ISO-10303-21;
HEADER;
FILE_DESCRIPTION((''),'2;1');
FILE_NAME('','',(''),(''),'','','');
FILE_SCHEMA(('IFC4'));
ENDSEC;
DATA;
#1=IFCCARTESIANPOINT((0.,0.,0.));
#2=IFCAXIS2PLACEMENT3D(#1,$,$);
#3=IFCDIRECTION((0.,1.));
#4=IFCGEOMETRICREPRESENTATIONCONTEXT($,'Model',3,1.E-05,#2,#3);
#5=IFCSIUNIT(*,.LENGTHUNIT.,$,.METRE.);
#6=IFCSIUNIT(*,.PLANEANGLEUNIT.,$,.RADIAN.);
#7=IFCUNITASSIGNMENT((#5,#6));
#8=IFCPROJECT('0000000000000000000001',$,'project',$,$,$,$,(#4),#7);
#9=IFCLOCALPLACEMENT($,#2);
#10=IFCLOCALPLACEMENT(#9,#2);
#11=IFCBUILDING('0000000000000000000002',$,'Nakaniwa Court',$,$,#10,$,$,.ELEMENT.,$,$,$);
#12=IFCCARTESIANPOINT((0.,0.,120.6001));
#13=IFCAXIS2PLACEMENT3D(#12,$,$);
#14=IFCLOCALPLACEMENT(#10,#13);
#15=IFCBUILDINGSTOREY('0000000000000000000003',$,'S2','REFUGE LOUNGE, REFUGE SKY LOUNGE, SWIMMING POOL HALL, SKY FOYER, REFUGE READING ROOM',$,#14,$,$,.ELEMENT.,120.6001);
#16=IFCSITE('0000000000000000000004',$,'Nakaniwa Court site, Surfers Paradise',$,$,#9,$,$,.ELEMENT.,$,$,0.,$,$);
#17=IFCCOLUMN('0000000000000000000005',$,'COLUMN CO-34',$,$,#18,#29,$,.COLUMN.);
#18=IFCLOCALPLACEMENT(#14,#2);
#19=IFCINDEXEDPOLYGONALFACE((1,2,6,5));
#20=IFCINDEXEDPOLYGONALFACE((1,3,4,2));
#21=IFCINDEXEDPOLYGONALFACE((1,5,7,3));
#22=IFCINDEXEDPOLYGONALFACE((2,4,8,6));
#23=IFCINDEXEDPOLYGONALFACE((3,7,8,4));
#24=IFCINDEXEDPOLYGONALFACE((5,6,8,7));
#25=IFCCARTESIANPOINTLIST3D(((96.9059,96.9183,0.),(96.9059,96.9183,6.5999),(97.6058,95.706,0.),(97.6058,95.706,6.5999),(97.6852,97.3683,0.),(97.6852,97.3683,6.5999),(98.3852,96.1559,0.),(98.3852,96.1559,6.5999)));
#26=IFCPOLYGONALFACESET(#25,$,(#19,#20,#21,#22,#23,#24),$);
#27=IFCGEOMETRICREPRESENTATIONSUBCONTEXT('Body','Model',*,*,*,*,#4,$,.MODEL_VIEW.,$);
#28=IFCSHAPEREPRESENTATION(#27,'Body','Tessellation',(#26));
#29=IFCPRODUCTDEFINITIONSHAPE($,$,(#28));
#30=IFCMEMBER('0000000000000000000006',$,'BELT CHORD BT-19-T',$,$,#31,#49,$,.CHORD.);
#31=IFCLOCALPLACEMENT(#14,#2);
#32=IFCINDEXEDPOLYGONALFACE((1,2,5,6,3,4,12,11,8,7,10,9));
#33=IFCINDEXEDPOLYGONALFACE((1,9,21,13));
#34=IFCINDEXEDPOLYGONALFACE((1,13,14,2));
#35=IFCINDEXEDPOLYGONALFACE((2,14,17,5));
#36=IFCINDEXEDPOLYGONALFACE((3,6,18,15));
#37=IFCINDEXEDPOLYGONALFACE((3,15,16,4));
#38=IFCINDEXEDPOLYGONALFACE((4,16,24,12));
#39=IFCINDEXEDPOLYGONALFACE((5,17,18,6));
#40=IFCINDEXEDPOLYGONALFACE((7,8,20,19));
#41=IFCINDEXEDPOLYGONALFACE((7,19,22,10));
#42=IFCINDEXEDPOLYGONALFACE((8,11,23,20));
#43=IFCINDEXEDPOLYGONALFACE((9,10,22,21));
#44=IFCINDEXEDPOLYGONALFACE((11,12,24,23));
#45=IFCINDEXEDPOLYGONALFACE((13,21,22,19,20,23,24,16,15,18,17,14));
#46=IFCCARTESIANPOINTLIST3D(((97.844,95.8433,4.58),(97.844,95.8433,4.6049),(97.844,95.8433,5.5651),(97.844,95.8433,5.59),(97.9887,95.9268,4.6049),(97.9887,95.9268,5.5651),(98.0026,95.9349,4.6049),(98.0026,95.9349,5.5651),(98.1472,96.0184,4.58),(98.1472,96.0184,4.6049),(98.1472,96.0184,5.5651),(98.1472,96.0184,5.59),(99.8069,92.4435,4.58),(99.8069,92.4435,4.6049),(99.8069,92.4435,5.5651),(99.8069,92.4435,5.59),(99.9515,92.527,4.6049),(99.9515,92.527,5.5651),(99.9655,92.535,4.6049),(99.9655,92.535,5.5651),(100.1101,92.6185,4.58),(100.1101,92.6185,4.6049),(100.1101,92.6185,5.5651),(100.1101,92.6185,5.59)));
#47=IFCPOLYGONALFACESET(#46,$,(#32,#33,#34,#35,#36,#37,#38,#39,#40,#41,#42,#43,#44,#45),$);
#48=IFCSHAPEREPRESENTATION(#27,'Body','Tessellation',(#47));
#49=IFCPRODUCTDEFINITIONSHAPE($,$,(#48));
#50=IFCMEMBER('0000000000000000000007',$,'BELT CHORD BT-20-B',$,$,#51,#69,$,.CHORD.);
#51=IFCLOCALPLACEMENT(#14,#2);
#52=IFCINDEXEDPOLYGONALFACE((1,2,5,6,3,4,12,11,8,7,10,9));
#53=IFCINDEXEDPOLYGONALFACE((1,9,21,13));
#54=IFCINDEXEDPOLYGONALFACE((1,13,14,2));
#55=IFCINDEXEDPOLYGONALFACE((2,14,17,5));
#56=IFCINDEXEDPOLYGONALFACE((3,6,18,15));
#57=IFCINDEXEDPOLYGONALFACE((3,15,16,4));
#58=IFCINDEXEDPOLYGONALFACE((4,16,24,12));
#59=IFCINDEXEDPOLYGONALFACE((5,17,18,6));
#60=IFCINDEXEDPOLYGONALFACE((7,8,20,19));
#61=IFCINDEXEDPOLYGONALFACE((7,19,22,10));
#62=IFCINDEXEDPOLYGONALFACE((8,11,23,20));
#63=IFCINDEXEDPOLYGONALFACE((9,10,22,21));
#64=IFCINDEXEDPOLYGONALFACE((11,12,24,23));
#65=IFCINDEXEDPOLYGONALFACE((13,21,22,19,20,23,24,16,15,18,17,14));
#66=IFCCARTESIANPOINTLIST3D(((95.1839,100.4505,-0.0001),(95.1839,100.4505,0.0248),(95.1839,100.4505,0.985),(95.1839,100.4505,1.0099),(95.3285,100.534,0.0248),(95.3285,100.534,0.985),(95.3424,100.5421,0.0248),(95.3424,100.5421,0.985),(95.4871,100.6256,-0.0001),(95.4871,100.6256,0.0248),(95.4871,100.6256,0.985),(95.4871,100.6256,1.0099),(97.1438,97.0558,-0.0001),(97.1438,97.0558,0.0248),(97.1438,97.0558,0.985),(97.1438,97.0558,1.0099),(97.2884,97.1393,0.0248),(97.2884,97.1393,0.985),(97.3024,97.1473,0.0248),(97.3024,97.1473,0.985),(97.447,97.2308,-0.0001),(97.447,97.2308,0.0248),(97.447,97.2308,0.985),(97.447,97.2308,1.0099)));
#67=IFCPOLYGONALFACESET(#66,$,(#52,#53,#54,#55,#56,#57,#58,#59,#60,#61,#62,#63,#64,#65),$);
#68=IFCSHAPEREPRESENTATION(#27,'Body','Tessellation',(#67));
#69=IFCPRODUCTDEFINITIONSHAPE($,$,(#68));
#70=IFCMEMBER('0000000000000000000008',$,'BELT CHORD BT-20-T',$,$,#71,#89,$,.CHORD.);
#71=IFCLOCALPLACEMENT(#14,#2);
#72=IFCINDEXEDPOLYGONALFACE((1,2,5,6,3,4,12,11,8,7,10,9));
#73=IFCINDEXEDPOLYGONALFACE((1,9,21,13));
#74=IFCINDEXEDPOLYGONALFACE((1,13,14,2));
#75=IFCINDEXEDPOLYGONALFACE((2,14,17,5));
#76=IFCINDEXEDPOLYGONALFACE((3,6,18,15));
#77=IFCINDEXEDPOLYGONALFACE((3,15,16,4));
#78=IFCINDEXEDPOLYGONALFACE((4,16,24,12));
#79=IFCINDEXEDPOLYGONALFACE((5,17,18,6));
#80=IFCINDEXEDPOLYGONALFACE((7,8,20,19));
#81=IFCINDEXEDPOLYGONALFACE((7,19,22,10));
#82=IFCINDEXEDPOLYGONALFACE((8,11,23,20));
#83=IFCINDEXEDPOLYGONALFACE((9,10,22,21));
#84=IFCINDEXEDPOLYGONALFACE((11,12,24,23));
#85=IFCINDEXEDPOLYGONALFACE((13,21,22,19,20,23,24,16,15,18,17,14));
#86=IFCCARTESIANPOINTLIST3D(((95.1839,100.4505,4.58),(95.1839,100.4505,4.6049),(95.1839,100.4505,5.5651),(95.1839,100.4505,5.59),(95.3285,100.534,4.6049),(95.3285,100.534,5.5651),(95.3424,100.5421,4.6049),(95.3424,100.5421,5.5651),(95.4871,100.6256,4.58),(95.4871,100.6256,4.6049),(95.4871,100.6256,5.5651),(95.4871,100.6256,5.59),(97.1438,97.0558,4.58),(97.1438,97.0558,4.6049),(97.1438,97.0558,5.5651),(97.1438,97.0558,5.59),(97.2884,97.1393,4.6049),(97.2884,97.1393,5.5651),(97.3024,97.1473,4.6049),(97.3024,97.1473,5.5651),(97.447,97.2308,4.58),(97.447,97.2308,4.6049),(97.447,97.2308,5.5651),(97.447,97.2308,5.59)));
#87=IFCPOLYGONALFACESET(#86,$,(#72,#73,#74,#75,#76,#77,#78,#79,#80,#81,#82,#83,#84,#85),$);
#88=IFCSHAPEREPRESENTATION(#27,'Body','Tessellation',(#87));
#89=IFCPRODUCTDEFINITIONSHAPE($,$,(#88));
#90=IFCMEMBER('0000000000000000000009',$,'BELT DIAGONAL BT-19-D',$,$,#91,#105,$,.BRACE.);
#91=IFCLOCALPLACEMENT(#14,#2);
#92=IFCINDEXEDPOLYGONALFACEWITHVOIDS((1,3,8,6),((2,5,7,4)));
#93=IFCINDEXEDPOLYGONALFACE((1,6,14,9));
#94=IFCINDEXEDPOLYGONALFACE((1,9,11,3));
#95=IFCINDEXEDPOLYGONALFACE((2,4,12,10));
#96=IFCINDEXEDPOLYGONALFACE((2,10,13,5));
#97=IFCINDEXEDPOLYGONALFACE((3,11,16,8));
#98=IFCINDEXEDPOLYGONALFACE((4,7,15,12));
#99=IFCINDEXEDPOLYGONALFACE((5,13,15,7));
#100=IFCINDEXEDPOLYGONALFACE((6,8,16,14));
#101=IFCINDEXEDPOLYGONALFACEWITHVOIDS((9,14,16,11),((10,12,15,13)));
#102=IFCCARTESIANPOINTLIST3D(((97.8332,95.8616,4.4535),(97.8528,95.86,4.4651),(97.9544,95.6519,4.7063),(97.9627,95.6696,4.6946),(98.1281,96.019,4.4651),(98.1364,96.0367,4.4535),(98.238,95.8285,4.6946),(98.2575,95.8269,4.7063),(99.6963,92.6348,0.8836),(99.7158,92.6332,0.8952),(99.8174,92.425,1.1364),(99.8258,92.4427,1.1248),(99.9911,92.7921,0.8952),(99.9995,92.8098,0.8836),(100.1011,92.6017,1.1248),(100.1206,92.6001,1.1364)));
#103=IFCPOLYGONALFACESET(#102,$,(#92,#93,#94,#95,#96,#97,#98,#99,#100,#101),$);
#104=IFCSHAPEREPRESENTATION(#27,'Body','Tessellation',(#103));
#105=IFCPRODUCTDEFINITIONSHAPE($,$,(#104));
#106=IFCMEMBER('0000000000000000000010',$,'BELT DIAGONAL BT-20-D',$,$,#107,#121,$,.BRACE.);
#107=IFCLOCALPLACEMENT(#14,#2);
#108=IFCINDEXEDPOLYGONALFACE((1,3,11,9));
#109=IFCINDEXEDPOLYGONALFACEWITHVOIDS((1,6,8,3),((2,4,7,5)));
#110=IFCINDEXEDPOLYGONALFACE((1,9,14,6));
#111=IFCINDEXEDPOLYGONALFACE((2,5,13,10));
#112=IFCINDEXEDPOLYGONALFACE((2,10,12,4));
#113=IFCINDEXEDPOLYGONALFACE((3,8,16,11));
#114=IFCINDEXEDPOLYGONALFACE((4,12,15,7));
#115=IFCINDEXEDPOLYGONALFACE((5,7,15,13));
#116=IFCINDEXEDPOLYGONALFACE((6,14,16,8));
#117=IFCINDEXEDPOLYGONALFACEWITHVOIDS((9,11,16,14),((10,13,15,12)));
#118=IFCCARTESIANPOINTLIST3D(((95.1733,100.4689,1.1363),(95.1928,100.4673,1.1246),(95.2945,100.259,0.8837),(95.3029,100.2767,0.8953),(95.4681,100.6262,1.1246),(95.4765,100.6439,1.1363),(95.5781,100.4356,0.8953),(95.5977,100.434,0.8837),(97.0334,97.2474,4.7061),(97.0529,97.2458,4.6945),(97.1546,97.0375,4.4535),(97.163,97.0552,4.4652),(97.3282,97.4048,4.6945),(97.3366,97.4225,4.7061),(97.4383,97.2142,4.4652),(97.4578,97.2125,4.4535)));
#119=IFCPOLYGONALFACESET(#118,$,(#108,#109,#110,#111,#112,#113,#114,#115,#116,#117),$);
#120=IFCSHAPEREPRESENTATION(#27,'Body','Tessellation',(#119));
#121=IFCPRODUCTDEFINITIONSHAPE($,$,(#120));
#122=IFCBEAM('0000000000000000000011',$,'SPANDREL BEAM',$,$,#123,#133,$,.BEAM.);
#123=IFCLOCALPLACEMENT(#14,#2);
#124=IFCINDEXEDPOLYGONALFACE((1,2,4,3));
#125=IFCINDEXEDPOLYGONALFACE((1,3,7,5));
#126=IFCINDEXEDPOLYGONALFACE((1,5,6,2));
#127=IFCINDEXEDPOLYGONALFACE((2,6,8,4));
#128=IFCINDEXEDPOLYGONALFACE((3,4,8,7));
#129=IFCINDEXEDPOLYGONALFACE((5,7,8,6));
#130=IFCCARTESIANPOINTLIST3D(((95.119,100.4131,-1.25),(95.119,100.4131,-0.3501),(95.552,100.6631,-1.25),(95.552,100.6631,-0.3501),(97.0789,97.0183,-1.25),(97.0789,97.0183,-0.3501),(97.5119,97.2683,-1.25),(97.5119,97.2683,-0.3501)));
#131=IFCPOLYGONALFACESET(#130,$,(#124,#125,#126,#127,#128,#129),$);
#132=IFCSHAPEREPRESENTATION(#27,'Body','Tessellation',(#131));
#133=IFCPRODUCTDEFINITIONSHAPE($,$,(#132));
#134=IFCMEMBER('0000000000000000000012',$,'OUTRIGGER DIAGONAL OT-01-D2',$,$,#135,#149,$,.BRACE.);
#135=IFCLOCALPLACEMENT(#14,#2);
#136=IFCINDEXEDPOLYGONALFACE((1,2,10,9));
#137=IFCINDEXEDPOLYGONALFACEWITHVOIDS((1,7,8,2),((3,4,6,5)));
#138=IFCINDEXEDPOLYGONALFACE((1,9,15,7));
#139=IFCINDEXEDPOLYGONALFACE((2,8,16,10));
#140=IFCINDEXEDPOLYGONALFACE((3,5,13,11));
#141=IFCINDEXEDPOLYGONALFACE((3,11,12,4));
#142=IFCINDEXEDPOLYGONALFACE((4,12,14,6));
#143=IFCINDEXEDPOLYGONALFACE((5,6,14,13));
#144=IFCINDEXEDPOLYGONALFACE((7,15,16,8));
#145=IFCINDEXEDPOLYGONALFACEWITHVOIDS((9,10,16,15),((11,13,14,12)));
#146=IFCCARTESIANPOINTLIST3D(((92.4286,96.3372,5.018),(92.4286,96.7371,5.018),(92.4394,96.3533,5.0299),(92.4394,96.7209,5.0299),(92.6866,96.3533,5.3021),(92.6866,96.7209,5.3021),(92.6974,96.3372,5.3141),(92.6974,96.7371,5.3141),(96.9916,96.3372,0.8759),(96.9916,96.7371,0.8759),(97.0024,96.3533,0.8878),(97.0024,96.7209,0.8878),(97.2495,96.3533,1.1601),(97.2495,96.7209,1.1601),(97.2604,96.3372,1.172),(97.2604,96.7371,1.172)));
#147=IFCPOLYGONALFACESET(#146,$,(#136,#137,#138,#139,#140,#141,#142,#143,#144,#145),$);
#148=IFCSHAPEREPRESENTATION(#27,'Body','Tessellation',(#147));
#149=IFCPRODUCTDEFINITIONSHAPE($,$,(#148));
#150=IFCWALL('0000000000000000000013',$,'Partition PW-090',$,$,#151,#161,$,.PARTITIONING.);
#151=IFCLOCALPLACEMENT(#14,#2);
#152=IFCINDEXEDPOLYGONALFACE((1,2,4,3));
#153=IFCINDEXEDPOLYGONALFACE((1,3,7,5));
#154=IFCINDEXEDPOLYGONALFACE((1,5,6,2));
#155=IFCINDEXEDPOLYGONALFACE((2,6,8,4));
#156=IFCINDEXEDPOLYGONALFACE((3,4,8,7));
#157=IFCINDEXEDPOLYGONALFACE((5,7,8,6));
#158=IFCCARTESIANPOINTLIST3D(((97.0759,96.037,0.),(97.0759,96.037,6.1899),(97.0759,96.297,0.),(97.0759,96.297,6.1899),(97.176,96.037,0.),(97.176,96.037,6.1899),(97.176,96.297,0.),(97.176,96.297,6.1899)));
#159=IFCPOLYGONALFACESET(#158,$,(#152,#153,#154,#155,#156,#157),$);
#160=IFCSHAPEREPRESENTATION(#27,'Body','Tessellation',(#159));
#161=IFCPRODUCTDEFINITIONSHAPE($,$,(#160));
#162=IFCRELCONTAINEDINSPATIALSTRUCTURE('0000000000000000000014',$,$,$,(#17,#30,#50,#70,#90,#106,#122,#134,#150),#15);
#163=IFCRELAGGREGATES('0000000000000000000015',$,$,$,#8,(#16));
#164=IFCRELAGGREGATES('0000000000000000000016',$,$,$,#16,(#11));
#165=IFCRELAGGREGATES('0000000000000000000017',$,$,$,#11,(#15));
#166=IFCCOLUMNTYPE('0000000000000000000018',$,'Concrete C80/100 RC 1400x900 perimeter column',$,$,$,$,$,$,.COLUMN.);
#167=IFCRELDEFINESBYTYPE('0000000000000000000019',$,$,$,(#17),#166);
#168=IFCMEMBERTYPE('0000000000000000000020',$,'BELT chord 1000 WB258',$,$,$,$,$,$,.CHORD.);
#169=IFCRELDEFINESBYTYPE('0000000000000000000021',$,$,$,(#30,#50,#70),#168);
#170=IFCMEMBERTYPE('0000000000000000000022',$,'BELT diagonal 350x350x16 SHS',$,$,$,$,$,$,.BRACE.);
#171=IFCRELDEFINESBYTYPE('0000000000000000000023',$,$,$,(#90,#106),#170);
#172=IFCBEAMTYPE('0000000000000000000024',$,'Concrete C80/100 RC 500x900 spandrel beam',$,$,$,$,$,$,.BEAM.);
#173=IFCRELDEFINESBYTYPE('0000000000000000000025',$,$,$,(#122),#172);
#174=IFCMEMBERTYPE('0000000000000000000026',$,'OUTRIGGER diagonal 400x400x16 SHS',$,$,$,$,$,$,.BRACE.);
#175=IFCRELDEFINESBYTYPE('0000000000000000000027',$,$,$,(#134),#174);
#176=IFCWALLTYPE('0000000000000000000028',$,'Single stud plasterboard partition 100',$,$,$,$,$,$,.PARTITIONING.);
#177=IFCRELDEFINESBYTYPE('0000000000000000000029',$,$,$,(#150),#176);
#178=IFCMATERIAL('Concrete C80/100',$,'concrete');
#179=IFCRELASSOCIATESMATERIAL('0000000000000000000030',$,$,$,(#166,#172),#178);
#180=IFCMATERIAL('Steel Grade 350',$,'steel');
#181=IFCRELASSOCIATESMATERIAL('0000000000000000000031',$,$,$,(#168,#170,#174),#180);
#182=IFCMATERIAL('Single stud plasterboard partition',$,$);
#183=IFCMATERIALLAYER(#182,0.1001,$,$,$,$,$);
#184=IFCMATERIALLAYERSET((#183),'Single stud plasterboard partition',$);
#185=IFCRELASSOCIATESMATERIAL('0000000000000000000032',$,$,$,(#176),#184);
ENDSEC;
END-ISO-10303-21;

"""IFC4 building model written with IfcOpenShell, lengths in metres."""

from ifc_helpers import new_model, si_unit, direction, frame, frame_2d, origin, origin_2d, place, context, subcontext, project, spatial, rectangle, hollow_rectangle, i_section, extrude, material, layer, layer_set, material_profile, profile_set, type_object, element, save


model = new_model("IFC4")

# Units and contexts
model_context = context("Model", 3, precision=1e-05, world=origin(), true_north=direction((0.0, 1.0)))
body_context = subcontext(model_context, "Body", "Model", "MODEL_VIEW")
ifc_project = project(units=[si_unit("LENGTHUNIT", "METRE"), si_unit("PLANEANGLEUNIT", "RADIAN")], contexts=[model_context])

# Site, building, storey
site_placement = place(None, origin())
site = spatial("IfcSite", under=ifc_project, at=site_placement, Name="Nakaniwa Court site, Surfers Paradise", CompositionType="ELEMENT", RefElevation=0.0)
building_placement = place(site_placement, origin())
building = spatial("IfcBuilding", under=site, at=building_placement, Name="Nakaniwa Court", CompositionType="ELEMENT")
storey_placement = place(building_placement, frame((0.0, 0.0, 120.6001)))
storey = spatial("IfcBuildingStorey", under=building, at=storey_placement, Name="S2", Description="REFUGE LOUNGE, REFUGE SKY LOUNGE, SWIMMING POOL HALL, SKY FOYER, REFUGE READING ROOM", CompositionType="ELEMENT", Elevation=120.6001)

# Column
ifc_material_1 = material(Name="Concrete C80/100", Category="concrete")
ifc_material_profile_1 = material_profile(ifc_material_1, rectangle(XDim=1.3999, YDim=0.8999, at=origin_2d()), Name="Concrete C80/100 RC 1400x900 perimeter column")
ifc_profile_set_1 = profile_set([ifc_material_profile_1], Name="Concrete C80/100")
column_type = type_object("IfcColumnType", Name="Concrete C80/100 RC 1400x900 perimeter column", PredefinedType="COLUMN", material=ifc_profile_set_1)
column_placement = place(storey_placement, frame((97.6455, 96.5371, 0.0), z_axis=(0.0, 0.0, 1.0), x_axis=(-0.5, 0.866025, 0.0)))
element("IfcColumn", 1, at=column_placement, inside=storey, type_object=column_type, Name="COLUMN CO-34", PredefinedType="COLUMN", context=body_context, shape_type="SweptSolid", body=[
    extrude(rectangle(XDim=1.3999, YDim=0.8999, at=origin_2d()), origin(), (0.0, 0.0, 1.0), 6.5999),
])

# Members
ifc_material_2 = material(Name="Steel Grade 350", Category="steel")
ifc_material_profile_2 = material_profile(ifc_material_2, i_section(OverallWidth=0.3501, OverallDepth=1.01, WebThickness=0.0161, FlangeThickness=0.0249, at=origin_2d()), Name="1000WB258")
ifc_profile_set_2 = profile_set([ifc_material_profile_2], Name="Steel Grade 350")
member_type_1 = type_object("IfcMemberType", Name="BELT chord 1000 WB258", PredefinedType="CHORD", material=ifc_profile_set_2)
member_1_placement = place(storey_placement, frame((99.9585, 92.531, 5.085), z_axis=(-0.499992, 0.86603, 0.0), x_axis=(-0.86603, -0.499992, 0.0)))
element("IfcMember", 2, at=member_1_placement, inside=storey, type_object=member_type_1, Name="BELT CHORD BT-19-T", PredefinedType="CHORD", context=body_context, shape_type="SweptSolid", body=[
    extrude(i_section(OverallWidth=0.3501, OverallDepth=1.01, WebThickness=0.0161, FlangeThickness=0.0249, at=origin_2d()), origin(), (0.0, 0.0, 1.0), 3.9258),
])
for number, where, z_axis, x_axis, name in (
    (3, (97.2954, 97.1433, 0.5049), (-0.499997, 0.866027, 0.0), (-0.866027, -0.499997, 0.0), "BELT CHORD BT-20-B"),
    (4, (97.2954, 97.1433, 5.085), (-0.499997, 0.866027, 0.0), (-0.866027, -0.499997, 0.0), "BELT CHORD BT-20-T"),
):
    element("IfcMember", number, at=place(storey_placement, frame(where, z_axis=z_axis, x_axis=x_axis)), inside=storey, type_object=member_type_1, Name=name, PredefinedType="CHORD", context=body_context, shape_type="SweptSolid", body=[
        extrude(i_section(OverallWidth=0.3501, OverallDepth=1.01, WebThickness=0.0161, FlangeThickness=0.0249, at=origin_2d()), origin(), (0.0, 0.0, 1.0), 3.9199),
    ])
ifc_material_profile_3 = material_profile(ifc_material_2, hollow_rectangle(XDim=0.3501, YDim=0.3501, WallThickness=0.0161, at=origin_2d()), Name="BELT diagonal 350x350x16 SHS")
ifc_profile_set_3 = profile_set([ifc_material_profile_3], Name="Steel Grade 350")
member_type_2 = type_object("IfcMemberType", Name="BELT diagonal 350x350x16 SHS", PredefinedType="BRACE", material=ifc_profile_set_3)
member_2_placement = place(storey_placement, frame((99.9084, 92.6174, 1.01), z_axis=(-0.361045, 0.625336, 0.69181), x_axis=(-0.866021, -0.500008, 0.0)))
element("IfcMember", 5, at=member_2_placement, inside=storey, type_object=member_type_2, Name="BELT DIAGONAL BT-19-D", PredefinedType="BRACE", context=body_context, shape_type="SweptSolid", body=[
    extrude(hollow_rectangle(XDim=0.3501, YDim=0.3501, WallThickness=0.0161, at=origin_2d()), origin(), (0.0, 0.0, 1.0), 5.1602),
])
member_3_placement = place(storey_placement, frame((97.2456, 97.23, 4.5798), z_axis=(-0.360786, 0.624829, -0.692403), x_axis=(-0.866001, -0.500042, 0.0)))
element("IfcMember", 6, at=member_3_placement, inside=storey, type_object=member_type_2, Name="BELT DIAGONAL BT-20-D", PredefinedType="BRACE", context=body_context, shape_type="SweptSolid", body=[
    extrude(hollow_rectangle(XDim=0.3501, YDim=0.3501, WallThickness=0.0161, at=origin_2d()), origin(), (0.0, 0.0, 1.0), 5.1558),
])

# Beam
ifc_material_profile_4 = material_profile(ifc_material_1, rectangle(XDim=0.5, YDim=0.8999, at=origin_2d()), Name="Concrete C80/100 RC 500x900 spandrel beam")
ifc_profile_set_4 = profile_set([ifc_material_profile_4], Name="Concrete C80/100")
beam_type = type_object("IfcBeamType", Name="Concrete C80/100 RC 500x900 spandrel beam", PredefinedType="BEAM", material=ifc_profile_set_4)
beam_placement = place(storey_placement, frame((97.2954, 97.1433, -0.8), z_axis=(-0.499997, 0.866027, 0.0), x_axis=(-0.866027, -0.499997, 0.0)))
element("IfcBeam", 7, at=beam_placement, inside=storey, type_object=beam_type, Name="SPANDREL BEAM", PredefinedType="BEAM", context=body_context, shape_type="SweptSolid", body=[
    extrude(rectangle(XDim=0.5, YDim=0.8999, at=origin_2d()), origin(), (0.0, 0.0, 1.0), 3.9199),
])

# Member
ifc_material_profile_5 = material_profile(ifc_material_2, hollow_rectangle(XDim=0.3999, YDim=0.3999, WallThickness=0.0161, at=origin_2d()), Name="OUTRIGGER diagonal 400x400x16 SHS")
ifc_profile_set_5 = profile_set([ifc_material_profile_5], Name="Steel Grade 350")
member_type_3 = type_object("IfcMemberType", Name="OUTRIGGER diagonal 400x400x16 SHS", PredefinedType="BRACE", material=ifc_profile_set_5)
member_4_placement = place(storey_placement, frame((92.563, 96.5371, 5.166), z_axis=(0.740431, 0.0, -0.672132), x_axis=(0.0, 1.0, 0.0)))
element("IfcMember", 8, at=member_4_placement, inside=storey, type_object=member_type_3, Name="OUTRIGGER DIAGONAL OT-01-D2", PredefinedType="BRACE", context=body_context, shape_type="SweptSolid", body=[
    extrude(hollow_rectangle(XDim=0.3999, YDim=0.3999, WallThickness=0.0161, at=origin_2d()), origin(), (0.0, 0.0, 1.0), 6.1626),
])

# Wall
ifc_material_3 = material(Name="Single stud plasterboard partition")
ifc_layer = layer(ifc_material_3, 0.1001)
ifc_layer_set = layer_set([ifc_layer], Name="Single stud plasterboard partition")
wall_type = type_object("IfcWallType", Name="Single stud plasterboard partition 100", PredefinedType="PARTITIONING", material=ifc_layer_set)
wall_placement = place(storey_placement, frame((97.126, 96.0371, 0.0), z_axis=(0.0, 0.0, 1.0), x_axis=(0.0, 1.0, 0.0)))
element("IfcWall", 9, at=wall_placement, inside=storey, type_object=wall_type, Name="Partition PW-090", PredefinedType="PARTITIONING", context=body_context, shape_type="SweptSolid", body=[
    extrude(rectangle(XDim=0.26, YDim=0.1001, at=frame_2d((0.1299, 0.0))), origin(), (0.0, 0.0, 1.0), 6.1899),
])

save(model, "model.ifc")
